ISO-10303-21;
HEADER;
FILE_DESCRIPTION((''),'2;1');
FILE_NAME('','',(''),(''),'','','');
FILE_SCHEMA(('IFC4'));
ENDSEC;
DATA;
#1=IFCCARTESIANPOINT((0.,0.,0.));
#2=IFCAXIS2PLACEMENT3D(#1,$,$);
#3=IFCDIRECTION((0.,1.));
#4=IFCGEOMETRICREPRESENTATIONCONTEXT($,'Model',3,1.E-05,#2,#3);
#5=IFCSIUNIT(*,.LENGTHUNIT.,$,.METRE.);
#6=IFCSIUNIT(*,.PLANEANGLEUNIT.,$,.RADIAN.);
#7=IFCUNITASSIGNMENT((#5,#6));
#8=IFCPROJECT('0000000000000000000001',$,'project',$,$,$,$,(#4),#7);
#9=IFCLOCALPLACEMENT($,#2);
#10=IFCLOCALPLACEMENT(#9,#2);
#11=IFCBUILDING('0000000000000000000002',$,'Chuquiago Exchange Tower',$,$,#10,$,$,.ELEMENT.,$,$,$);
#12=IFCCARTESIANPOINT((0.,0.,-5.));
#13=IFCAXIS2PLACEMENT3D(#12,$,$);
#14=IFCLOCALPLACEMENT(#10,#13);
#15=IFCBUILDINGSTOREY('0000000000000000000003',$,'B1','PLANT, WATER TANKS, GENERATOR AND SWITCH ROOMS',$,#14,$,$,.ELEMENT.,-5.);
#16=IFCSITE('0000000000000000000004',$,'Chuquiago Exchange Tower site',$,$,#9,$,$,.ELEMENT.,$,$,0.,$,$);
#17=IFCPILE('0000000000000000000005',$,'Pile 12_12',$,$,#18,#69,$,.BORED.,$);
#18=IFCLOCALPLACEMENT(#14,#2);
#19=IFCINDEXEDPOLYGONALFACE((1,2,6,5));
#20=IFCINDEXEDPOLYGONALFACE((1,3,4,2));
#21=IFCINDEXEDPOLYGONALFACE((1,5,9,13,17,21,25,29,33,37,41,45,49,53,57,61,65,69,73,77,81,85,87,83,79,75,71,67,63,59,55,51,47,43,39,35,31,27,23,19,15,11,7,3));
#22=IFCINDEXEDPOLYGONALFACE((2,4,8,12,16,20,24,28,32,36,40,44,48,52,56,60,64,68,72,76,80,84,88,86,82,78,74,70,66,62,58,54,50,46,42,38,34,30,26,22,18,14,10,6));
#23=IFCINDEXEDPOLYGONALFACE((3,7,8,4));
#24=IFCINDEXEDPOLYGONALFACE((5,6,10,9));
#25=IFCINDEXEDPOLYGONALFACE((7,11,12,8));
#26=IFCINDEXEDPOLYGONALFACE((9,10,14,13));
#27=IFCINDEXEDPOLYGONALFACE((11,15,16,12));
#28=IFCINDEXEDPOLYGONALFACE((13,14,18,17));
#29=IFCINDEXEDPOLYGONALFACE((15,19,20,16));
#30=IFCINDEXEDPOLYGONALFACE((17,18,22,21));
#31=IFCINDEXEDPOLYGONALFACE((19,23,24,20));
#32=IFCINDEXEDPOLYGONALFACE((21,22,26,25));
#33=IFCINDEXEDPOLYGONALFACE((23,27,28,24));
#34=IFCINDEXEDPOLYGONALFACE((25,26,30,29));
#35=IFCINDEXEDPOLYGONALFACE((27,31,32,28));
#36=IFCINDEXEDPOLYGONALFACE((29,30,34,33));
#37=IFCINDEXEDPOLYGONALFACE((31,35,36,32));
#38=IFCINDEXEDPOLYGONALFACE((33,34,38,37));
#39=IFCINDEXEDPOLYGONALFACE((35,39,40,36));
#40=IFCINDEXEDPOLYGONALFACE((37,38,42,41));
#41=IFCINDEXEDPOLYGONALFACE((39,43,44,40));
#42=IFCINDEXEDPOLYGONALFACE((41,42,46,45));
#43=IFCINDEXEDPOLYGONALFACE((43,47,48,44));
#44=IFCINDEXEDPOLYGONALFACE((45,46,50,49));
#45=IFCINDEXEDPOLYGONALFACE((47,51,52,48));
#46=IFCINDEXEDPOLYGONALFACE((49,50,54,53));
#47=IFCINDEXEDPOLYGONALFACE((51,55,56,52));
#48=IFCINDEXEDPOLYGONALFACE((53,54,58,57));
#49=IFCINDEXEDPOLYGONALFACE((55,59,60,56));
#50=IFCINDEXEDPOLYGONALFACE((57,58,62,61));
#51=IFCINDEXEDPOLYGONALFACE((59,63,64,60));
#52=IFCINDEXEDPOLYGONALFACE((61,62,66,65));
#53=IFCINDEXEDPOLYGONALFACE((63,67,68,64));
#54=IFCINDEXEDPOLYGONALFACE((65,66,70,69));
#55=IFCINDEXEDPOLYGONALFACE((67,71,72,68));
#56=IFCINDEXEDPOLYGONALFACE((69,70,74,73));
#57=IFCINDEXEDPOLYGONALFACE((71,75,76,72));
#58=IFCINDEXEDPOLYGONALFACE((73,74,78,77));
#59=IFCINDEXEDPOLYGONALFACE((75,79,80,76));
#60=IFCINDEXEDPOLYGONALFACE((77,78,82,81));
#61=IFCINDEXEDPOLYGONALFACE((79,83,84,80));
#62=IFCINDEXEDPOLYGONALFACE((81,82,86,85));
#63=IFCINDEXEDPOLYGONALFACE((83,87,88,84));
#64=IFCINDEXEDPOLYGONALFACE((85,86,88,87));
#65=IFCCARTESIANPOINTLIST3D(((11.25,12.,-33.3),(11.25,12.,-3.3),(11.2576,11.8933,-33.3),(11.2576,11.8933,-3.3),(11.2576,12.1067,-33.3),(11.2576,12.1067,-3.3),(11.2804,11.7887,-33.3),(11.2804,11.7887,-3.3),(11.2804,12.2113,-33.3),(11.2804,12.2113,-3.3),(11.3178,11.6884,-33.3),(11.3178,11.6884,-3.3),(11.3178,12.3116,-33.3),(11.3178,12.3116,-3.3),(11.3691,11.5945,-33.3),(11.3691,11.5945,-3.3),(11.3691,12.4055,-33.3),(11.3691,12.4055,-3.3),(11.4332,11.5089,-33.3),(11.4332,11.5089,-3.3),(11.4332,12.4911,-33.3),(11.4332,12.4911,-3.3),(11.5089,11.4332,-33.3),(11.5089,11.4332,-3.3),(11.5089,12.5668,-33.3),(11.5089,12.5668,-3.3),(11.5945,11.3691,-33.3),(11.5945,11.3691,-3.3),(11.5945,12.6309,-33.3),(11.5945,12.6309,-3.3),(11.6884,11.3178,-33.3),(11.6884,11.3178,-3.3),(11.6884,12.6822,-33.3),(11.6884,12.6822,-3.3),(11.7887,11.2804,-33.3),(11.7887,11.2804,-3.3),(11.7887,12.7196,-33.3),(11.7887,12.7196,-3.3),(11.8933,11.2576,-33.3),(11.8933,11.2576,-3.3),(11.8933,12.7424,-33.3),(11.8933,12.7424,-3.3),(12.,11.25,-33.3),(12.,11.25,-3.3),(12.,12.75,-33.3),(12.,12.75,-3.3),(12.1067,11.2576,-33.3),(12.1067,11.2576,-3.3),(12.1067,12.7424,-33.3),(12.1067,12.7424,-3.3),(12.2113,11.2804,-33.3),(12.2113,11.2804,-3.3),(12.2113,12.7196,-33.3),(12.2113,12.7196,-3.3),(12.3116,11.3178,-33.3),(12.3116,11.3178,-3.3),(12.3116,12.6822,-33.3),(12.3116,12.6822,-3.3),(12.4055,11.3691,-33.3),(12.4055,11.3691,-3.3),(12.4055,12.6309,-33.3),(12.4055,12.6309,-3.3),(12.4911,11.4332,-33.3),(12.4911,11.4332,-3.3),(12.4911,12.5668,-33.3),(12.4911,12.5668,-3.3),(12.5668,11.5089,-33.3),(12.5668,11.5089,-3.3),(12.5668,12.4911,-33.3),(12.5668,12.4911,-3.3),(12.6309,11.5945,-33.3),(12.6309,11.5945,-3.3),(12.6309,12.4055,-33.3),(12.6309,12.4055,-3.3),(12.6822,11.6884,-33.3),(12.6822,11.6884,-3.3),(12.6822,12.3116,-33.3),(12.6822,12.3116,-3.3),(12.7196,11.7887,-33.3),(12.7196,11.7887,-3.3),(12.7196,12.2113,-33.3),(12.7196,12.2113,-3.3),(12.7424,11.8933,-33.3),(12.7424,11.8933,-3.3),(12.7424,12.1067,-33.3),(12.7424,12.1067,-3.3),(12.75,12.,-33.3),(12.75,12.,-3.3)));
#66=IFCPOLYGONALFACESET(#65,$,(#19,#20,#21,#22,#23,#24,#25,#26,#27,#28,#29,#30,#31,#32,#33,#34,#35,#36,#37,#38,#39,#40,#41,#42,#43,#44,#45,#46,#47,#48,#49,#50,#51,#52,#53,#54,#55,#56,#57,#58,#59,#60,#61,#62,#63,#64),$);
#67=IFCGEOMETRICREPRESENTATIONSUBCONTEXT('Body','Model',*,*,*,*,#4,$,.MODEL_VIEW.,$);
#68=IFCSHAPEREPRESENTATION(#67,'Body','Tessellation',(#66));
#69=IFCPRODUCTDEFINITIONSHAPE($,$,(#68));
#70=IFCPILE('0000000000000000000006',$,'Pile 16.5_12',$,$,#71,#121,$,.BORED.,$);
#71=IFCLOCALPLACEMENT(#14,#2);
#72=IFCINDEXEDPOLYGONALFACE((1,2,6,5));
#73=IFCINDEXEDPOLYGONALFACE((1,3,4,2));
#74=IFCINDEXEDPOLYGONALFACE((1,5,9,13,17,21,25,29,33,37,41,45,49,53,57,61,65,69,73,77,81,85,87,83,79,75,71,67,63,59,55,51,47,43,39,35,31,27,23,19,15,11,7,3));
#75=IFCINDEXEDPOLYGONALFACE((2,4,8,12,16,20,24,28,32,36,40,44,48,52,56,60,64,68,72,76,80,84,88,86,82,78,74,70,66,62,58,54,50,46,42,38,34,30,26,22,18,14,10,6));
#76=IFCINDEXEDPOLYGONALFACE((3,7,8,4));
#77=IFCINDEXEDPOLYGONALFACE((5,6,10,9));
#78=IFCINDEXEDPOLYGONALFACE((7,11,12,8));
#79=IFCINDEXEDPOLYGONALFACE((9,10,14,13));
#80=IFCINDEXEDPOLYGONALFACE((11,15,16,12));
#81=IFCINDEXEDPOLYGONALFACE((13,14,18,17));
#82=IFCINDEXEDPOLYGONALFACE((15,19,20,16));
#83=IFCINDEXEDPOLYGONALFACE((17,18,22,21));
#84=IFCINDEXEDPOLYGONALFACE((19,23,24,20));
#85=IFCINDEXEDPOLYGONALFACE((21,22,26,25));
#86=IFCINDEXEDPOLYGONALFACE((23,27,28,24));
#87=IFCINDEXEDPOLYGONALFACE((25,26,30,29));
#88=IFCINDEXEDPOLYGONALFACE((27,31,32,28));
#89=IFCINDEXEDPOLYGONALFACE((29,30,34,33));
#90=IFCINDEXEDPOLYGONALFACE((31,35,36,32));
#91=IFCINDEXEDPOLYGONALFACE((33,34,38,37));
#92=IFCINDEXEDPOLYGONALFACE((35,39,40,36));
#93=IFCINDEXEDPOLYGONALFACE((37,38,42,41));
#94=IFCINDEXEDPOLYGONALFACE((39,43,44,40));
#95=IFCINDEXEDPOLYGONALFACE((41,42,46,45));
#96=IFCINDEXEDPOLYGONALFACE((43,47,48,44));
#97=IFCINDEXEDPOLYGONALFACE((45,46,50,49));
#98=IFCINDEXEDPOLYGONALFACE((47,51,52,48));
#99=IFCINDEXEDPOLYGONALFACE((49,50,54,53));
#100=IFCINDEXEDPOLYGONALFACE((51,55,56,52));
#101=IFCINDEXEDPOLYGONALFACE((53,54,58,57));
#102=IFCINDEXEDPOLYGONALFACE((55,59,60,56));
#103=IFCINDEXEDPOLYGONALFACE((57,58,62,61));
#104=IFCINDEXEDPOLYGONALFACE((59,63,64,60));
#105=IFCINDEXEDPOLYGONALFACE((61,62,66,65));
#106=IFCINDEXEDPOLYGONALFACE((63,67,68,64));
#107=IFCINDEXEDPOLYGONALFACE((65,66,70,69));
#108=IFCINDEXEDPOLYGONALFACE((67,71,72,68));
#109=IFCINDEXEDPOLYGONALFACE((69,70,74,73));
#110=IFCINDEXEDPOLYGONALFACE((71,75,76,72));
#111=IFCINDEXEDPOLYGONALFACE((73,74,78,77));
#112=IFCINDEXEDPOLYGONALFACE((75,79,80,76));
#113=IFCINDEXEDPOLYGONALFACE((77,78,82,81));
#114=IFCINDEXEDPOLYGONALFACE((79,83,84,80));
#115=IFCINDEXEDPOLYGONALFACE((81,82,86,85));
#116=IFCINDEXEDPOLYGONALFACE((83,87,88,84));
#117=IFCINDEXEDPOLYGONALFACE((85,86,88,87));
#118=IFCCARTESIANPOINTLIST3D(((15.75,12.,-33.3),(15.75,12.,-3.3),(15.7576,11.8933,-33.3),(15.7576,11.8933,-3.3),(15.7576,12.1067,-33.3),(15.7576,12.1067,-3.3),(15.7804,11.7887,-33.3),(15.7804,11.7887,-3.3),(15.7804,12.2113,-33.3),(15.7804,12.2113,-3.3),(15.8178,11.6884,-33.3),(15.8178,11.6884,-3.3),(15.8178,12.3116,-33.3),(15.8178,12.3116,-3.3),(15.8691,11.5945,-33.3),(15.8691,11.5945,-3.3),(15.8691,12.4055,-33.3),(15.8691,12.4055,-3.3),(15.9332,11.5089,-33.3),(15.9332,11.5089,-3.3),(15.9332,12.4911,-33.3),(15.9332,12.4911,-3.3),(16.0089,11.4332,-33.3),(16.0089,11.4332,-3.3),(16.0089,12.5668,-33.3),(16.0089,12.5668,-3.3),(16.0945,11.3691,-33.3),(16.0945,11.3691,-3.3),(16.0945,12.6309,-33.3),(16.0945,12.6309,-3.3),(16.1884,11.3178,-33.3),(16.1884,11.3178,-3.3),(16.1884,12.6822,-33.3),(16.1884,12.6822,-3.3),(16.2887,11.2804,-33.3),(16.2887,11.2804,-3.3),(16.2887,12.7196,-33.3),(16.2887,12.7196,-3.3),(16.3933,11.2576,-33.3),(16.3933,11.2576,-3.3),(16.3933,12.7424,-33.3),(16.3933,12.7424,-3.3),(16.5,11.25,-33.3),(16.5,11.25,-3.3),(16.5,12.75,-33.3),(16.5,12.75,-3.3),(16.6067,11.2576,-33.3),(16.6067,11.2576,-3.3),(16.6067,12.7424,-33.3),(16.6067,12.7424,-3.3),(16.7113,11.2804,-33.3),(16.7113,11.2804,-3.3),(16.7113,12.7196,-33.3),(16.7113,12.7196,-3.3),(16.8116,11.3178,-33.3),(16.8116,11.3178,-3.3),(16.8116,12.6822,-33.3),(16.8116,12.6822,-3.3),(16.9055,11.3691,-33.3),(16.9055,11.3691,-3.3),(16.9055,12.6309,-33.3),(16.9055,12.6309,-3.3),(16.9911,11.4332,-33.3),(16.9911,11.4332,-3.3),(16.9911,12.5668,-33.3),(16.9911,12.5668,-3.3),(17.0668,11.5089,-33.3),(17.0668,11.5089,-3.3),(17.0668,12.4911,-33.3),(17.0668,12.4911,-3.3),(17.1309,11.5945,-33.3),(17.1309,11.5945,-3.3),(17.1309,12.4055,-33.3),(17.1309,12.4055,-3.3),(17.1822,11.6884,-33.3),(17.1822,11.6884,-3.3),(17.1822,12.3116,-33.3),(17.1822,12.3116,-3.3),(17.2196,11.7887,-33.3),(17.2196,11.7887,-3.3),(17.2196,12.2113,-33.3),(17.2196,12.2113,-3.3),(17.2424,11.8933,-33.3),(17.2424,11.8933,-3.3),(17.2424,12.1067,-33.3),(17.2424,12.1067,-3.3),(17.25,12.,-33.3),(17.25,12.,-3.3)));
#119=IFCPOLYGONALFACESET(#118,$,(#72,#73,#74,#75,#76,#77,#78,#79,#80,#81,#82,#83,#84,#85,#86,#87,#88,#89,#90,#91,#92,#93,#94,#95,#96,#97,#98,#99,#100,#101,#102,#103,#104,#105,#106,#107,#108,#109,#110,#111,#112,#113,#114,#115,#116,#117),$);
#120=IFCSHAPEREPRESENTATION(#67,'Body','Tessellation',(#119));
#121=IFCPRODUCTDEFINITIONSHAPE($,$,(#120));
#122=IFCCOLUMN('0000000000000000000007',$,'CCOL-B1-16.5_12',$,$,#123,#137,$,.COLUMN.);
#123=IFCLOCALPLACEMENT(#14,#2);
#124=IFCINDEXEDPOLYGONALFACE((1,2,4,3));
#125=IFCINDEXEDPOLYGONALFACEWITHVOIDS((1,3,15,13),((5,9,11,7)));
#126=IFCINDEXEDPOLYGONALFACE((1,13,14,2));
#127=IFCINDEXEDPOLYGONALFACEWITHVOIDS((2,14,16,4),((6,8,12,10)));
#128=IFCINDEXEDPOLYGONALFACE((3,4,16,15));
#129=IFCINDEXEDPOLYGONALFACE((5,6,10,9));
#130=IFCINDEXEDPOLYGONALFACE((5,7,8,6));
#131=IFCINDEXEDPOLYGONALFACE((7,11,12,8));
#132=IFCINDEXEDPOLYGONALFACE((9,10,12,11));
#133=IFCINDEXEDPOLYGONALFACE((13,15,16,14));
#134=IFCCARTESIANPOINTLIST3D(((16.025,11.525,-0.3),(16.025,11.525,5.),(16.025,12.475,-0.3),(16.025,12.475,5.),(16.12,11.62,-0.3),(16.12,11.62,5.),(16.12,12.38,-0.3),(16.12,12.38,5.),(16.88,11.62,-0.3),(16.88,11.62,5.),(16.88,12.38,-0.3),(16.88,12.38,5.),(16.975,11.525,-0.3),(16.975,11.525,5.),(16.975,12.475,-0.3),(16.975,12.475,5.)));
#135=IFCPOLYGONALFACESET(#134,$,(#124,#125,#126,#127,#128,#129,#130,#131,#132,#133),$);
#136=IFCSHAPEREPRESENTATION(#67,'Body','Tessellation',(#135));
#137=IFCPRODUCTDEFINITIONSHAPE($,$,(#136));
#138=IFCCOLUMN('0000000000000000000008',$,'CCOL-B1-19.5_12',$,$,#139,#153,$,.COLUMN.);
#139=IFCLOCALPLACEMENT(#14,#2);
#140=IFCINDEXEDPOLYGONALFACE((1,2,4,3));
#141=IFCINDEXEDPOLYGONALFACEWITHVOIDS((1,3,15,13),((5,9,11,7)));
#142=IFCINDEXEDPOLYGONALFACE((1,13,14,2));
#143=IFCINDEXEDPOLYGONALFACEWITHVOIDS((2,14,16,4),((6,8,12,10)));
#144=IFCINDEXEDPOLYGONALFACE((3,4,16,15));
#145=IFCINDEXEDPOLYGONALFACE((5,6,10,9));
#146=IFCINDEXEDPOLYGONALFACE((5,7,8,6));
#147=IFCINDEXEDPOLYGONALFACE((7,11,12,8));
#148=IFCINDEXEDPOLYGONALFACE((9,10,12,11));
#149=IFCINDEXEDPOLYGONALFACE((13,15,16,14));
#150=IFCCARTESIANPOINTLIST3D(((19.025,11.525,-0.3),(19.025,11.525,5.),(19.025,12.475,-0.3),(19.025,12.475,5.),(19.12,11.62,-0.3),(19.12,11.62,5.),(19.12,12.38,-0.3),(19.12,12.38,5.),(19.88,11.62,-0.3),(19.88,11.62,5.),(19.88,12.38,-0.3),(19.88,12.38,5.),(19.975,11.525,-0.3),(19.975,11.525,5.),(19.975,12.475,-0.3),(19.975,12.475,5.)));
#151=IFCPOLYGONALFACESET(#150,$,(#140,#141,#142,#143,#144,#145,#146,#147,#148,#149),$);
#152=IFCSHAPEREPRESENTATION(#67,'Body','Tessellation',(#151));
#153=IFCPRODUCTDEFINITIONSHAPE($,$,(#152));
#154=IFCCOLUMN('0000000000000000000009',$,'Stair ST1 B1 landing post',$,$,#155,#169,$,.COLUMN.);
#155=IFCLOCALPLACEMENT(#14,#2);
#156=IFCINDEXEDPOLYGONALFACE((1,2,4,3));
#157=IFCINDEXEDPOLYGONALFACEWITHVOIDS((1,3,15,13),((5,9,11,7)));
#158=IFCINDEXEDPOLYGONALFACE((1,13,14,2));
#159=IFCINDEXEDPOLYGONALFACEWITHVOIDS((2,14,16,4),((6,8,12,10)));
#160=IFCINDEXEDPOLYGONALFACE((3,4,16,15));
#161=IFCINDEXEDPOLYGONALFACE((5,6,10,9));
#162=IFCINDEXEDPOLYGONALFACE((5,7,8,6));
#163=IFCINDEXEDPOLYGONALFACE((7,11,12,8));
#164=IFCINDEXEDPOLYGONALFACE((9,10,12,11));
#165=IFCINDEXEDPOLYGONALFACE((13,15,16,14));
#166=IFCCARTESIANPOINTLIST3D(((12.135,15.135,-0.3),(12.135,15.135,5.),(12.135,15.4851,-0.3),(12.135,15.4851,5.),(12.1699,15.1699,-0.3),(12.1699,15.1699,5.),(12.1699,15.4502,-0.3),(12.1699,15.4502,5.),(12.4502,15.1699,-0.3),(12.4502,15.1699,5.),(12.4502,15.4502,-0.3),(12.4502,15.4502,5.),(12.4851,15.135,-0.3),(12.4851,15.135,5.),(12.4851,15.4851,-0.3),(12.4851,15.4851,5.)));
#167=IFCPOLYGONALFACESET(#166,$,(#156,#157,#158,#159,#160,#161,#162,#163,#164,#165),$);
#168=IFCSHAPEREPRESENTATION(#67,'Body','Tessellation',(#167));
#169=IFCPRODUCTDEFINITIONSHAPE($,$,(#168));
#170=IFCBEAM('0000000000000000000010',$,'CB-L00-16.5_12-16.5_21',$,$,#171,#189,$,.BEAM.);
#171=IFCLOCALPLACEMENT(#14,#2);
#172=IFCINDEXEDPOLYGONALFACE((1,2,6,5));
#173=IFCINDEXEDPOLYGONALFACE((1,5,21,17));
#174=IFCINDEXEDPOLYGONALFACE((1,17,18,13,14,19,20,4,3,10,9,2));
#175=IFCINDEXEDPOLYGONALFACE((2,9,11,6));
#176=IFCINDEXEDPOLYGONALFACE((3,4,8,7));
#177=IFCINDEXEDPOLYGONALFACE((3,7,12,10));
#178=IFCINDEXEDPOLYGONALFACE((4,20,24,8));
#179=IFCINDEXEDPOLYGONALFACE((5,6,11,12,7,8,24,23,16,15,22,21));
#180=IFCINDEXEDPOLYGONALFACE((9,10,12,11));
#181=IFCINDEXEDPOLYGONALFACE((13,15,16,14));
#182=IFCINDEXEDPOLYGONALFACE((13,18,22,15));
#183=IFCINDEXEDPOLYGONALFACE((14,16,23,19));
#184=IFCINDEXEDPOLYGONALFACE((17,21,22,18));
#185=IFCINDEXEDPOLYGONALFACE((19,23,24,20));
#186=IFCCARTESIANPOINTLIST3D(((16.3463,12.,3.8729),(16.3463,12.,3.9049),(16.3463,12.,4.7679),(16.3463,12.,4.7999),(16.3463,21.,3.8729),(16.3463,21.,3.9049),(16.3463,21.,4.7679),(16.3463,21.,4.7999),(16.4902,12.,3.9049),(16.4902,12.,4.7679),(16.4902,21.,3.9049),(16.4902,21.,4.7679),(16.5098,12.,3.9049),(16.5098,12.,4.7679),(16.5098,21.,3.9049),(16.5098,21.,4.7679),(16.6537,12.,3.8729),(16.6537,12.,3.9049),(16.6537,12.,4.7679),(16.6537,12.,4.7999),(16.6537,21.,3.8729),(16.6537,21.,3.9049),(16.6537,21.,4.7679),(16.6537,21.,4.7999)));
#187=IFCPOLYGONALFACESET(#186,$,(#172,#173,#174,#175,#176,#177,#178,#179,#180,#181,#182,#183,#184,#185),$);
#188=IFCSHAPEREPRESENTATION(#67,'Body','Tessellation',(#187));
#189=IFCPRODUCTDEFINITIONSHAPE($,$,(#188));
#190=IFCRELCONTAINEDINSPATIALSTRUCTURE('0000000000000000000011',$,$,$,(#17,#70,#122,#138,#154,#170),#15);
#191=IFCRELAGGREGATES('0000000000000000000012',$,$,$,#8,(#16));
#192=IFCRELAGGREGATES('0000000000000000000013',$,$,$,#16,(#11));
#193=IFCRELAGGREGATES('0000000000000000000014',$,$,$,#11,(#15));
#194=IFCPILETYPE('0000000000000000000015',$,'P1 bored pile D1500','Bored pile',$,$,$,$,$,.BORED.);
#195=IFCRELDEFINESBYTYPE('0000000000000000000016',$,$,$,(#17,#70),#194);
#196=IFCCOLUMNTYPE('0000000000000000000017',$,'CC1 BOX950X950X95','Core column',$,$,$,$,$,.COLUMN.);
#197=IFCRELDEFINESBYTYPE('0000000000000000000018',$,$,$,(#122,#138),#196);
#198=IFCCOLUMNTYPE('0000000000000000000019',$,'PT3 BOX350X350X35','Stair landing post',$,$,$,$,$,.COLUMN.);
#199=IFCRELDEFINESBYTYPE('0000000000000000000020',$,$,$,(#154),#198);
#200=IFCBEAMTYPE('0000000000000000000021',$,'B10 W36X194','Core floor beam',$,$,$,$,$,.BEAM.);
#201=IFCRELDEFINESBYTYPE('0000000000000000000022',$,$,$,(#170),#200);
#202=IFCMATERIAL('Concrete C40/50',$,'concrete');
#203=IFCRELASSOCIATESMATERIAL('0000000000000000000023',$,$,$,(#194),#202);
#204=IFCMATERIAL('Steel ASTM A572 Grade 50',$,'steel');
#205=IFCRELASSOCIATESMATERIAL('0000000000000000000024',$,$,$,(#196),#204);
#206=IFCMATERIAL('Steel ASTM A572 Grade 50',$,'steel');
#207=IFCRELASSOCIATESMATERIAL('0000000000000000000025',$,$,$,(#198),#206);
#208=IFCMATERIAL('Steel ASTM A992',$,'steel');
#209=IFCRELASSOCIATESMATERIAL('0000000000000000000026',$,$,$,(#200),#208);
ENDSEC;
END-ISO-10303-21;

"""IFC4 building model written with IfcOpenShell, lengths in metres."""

from ifc_helpers import new_model, si_unit, direction, frame, origin, origin_2d, place, context, subcontext, project, spatial, hollow_rectangle, circle, i_section, extrude, material, material_profile, profile_set, type_object, element, save


model = new_model("IFC4")

# Units and contexts
model_context = context("Model", 3, precision=1e-05, world=origin(), true_north=direction((0.0, 1.0)))
body_context = subcontext(model_context, "Body", "Model", "MODEL_VIEW")
ifc_project = project(units=[si_unit("LENGTHUNIT", "METRE"), si_unit("PLANEANGLEUNIT", "RADIAN")], contexts=[model_context])

# Site, building, storey
site_placement = place(None, origin())
site = spatial("IfcSite", under=ifc_project, at=site_placement, Name="Chuquiago Exchange Tower site", CompositionType="ELEMENT", RefElevation=0.0)
building_placement = place(site_placement, origin())
building = spatial("IfcBuilding", under=site, at=building_placement, Name="Chuquiago Exchange Tower", CompositionType="ELEMENT")
storey_placement = place(building_placement, frame((0.0, 0.0, -5.0)))
storey = spatial("IfcBuildingStorey", under=building, at=storey_placement, Name="B1", Description="PLANT, WATER TANKS, GENERATOR AND SWITCH ROOMS", CompositionType="ELEMENT", Elevation=-5.0)

# Piles
ifc_material_1 = material(Name="Concrete C40/50", Category="concrete")
ifc_material_profile_1 = material_profile(ifc_material_1, circle(Radius=0.75, at=origin_2d()), Name="D1500")
ifc_profile_set_1 = profile_set([ifc_material_profile_1], Name="Concrete C40/50")
pile_type = type_object("IfcPileType", Name="P1 bored pile D1500", Description="Bored pile", PredefinedType="BORED", material=ifc_profile_set_1)
for number, where, z_axis, x_axis, name in (
    (1, (12.0, 12.0, -3.3), (0.0, 0.0, -1.0), (1.0, 0.0, 0.0), "Pile 12_12"),
    (2, (16.5, 12.0, -3.3), (0.0, 0.0, -1.0), (1.0, 0.0, 0.0), "Pile 16.5_12"),
):
    element("IfcPile", number, at=place(storey_placement, frame(where, z_axis=z_axis, x_axis=x_axis)), inside=storey, type_object=pile_type, Name=name, PredefinedType="BORED", context=body_context, shape_type="SweptSolid", body=[
        extrude(circle(Radius=0.75, at=origin_2d()), origin(), (0.0, 0.0, 1.0), 30.0),
    ])

# Columns
ifc_material_2 = material(Name="Steel ASTM A572 Grade 50", Category="steel")
ifc_material_profile_2 = material_profile(ifc_material_2, hollow_rectangle(XDim=0.95, YDim=0.95, WallThickness=0.095, at=origin_2d()), Name="BOX950X950X95")
ifc_profile_set_2 = profile_set([ifc_material_profile_2], Name="Steel ASTM A572 Grade 50")
column_type_1 = type_object("IfcColumnType", Name="CC1 BOX950X950X95", Description="Core column", PredefinedType="COLUMN", material=ifc_profile_set_2)
for number, where, z_axis, x_axis, name in (
    (3, (16.5, 12.0, -0.3), (0.0, 0.0, 1.0), (1.0, 0.0, 0.0), "CCOL-B1-16.5_12"),
    (4, (19.5, 12.0, -0.3), (0.0, 0.0, 1.0), (1.0, 0.0, 0.0), "CCOL-B1-19.5_12"),
):
    element("IfcColumn", number, at=place(storey_placement, frame(where, z_axis=z_axis, x_axis=x_axis)), inside=storey, type_object=column_type_1, Name=name, PredefinedType="COLUMN", context=body_context, shape_type="SweptSolid", body=[
        extrude(hollow_rectangle(XDim=0.95, YDim=0.95, WallThickness=0.095, at=origin_2d()), origin(), (0.0, 0.0, 1.0), 5.3),
    ])
ifc_material_3 = material(Name="Steel ASTM A572 Grade 50", Category="steel")
ifc_material_profile_3 = material_profile(ifc_material_3, hollow_rectangle(XDim=0.3501, YDim=0.3501, WallThickness=0.0349, at=origin_2d()), Name="BOX350X350X35")
ifc_profile_set_3 = profile_set([ifc_material_profile_3], Name="Steel ASTM A572 Grade 50")
column_type_2 = type_object("IfcColumnType", Name="PT3 BOX350X350X35", Description="Stair landing post", PredefinedType="COLUMN", material=ifc_profile_set_3)
column_placement = place(storey_placement, frame((12.3101, 15.3101, -0.3), z_axis=(0.0, 0.0, 1.0), x_axis=(1.0, 0.0, 0.0)))
element("IfcColumn", 5, at=column_placement, inside=storey, type_object=column_type_2, Name="Stair ST1 B1 landing post", PredefinedType="COLUMN", context=body_context, shape_type="SweptSolid", body=[
    extrude(hollow_rectangle(XDim=0.3501, YDim=0.3501, WallThickness=0.0349, at=origin_2d()), origin(), (0.0, 0.0, 1.0), 5.3),
])

# Beam
ifc_material_4 = material(Name="Steel ASTM A992", Category="steel")
ifc_material_profile_4 = material_profile(ifc_material_4, i_section(OverallWidth=0.3074, OverallDepth=0.927, WebThickness=0.0195, FlangeThickness=0.032, at=origin_2d()), Name="W36X194")
ifc_profile_set_4 = profile_set([ifc_material_profile_4], Name="Steel ASTM A992")
beam_type_1 = type_object("IfcBeamType", Name="B10 W36X194", Description="Core floor beam", PredefinedType="BEAM", material=ifc_profile_set_4)
beam_1_placement = place(storey_placement, frame((16.5, 12.0, 4.3364), z_axis=(0.0, 1.0, 0.0), x_axis=(-1.0, 0.0, 0.0)))
element("IfcBeam", 6, at=beam_1_placement, inside=storey, type_object=beam_type_1, Name="CB-L00-16.5_12-16.5_21", PredefinedType="BEAM", context=body_context, shape_type="SweptSolid", body=[
    extrude(i_section(OverallWidth=0.3074, OverallDepth=0.927, WebThickness=0.0195, FlangeThickness=0.032, at=origin_2d()), origin(), (0.0, 0.0, 1.0), 9.0),
])

save(model, "model.ifc")
